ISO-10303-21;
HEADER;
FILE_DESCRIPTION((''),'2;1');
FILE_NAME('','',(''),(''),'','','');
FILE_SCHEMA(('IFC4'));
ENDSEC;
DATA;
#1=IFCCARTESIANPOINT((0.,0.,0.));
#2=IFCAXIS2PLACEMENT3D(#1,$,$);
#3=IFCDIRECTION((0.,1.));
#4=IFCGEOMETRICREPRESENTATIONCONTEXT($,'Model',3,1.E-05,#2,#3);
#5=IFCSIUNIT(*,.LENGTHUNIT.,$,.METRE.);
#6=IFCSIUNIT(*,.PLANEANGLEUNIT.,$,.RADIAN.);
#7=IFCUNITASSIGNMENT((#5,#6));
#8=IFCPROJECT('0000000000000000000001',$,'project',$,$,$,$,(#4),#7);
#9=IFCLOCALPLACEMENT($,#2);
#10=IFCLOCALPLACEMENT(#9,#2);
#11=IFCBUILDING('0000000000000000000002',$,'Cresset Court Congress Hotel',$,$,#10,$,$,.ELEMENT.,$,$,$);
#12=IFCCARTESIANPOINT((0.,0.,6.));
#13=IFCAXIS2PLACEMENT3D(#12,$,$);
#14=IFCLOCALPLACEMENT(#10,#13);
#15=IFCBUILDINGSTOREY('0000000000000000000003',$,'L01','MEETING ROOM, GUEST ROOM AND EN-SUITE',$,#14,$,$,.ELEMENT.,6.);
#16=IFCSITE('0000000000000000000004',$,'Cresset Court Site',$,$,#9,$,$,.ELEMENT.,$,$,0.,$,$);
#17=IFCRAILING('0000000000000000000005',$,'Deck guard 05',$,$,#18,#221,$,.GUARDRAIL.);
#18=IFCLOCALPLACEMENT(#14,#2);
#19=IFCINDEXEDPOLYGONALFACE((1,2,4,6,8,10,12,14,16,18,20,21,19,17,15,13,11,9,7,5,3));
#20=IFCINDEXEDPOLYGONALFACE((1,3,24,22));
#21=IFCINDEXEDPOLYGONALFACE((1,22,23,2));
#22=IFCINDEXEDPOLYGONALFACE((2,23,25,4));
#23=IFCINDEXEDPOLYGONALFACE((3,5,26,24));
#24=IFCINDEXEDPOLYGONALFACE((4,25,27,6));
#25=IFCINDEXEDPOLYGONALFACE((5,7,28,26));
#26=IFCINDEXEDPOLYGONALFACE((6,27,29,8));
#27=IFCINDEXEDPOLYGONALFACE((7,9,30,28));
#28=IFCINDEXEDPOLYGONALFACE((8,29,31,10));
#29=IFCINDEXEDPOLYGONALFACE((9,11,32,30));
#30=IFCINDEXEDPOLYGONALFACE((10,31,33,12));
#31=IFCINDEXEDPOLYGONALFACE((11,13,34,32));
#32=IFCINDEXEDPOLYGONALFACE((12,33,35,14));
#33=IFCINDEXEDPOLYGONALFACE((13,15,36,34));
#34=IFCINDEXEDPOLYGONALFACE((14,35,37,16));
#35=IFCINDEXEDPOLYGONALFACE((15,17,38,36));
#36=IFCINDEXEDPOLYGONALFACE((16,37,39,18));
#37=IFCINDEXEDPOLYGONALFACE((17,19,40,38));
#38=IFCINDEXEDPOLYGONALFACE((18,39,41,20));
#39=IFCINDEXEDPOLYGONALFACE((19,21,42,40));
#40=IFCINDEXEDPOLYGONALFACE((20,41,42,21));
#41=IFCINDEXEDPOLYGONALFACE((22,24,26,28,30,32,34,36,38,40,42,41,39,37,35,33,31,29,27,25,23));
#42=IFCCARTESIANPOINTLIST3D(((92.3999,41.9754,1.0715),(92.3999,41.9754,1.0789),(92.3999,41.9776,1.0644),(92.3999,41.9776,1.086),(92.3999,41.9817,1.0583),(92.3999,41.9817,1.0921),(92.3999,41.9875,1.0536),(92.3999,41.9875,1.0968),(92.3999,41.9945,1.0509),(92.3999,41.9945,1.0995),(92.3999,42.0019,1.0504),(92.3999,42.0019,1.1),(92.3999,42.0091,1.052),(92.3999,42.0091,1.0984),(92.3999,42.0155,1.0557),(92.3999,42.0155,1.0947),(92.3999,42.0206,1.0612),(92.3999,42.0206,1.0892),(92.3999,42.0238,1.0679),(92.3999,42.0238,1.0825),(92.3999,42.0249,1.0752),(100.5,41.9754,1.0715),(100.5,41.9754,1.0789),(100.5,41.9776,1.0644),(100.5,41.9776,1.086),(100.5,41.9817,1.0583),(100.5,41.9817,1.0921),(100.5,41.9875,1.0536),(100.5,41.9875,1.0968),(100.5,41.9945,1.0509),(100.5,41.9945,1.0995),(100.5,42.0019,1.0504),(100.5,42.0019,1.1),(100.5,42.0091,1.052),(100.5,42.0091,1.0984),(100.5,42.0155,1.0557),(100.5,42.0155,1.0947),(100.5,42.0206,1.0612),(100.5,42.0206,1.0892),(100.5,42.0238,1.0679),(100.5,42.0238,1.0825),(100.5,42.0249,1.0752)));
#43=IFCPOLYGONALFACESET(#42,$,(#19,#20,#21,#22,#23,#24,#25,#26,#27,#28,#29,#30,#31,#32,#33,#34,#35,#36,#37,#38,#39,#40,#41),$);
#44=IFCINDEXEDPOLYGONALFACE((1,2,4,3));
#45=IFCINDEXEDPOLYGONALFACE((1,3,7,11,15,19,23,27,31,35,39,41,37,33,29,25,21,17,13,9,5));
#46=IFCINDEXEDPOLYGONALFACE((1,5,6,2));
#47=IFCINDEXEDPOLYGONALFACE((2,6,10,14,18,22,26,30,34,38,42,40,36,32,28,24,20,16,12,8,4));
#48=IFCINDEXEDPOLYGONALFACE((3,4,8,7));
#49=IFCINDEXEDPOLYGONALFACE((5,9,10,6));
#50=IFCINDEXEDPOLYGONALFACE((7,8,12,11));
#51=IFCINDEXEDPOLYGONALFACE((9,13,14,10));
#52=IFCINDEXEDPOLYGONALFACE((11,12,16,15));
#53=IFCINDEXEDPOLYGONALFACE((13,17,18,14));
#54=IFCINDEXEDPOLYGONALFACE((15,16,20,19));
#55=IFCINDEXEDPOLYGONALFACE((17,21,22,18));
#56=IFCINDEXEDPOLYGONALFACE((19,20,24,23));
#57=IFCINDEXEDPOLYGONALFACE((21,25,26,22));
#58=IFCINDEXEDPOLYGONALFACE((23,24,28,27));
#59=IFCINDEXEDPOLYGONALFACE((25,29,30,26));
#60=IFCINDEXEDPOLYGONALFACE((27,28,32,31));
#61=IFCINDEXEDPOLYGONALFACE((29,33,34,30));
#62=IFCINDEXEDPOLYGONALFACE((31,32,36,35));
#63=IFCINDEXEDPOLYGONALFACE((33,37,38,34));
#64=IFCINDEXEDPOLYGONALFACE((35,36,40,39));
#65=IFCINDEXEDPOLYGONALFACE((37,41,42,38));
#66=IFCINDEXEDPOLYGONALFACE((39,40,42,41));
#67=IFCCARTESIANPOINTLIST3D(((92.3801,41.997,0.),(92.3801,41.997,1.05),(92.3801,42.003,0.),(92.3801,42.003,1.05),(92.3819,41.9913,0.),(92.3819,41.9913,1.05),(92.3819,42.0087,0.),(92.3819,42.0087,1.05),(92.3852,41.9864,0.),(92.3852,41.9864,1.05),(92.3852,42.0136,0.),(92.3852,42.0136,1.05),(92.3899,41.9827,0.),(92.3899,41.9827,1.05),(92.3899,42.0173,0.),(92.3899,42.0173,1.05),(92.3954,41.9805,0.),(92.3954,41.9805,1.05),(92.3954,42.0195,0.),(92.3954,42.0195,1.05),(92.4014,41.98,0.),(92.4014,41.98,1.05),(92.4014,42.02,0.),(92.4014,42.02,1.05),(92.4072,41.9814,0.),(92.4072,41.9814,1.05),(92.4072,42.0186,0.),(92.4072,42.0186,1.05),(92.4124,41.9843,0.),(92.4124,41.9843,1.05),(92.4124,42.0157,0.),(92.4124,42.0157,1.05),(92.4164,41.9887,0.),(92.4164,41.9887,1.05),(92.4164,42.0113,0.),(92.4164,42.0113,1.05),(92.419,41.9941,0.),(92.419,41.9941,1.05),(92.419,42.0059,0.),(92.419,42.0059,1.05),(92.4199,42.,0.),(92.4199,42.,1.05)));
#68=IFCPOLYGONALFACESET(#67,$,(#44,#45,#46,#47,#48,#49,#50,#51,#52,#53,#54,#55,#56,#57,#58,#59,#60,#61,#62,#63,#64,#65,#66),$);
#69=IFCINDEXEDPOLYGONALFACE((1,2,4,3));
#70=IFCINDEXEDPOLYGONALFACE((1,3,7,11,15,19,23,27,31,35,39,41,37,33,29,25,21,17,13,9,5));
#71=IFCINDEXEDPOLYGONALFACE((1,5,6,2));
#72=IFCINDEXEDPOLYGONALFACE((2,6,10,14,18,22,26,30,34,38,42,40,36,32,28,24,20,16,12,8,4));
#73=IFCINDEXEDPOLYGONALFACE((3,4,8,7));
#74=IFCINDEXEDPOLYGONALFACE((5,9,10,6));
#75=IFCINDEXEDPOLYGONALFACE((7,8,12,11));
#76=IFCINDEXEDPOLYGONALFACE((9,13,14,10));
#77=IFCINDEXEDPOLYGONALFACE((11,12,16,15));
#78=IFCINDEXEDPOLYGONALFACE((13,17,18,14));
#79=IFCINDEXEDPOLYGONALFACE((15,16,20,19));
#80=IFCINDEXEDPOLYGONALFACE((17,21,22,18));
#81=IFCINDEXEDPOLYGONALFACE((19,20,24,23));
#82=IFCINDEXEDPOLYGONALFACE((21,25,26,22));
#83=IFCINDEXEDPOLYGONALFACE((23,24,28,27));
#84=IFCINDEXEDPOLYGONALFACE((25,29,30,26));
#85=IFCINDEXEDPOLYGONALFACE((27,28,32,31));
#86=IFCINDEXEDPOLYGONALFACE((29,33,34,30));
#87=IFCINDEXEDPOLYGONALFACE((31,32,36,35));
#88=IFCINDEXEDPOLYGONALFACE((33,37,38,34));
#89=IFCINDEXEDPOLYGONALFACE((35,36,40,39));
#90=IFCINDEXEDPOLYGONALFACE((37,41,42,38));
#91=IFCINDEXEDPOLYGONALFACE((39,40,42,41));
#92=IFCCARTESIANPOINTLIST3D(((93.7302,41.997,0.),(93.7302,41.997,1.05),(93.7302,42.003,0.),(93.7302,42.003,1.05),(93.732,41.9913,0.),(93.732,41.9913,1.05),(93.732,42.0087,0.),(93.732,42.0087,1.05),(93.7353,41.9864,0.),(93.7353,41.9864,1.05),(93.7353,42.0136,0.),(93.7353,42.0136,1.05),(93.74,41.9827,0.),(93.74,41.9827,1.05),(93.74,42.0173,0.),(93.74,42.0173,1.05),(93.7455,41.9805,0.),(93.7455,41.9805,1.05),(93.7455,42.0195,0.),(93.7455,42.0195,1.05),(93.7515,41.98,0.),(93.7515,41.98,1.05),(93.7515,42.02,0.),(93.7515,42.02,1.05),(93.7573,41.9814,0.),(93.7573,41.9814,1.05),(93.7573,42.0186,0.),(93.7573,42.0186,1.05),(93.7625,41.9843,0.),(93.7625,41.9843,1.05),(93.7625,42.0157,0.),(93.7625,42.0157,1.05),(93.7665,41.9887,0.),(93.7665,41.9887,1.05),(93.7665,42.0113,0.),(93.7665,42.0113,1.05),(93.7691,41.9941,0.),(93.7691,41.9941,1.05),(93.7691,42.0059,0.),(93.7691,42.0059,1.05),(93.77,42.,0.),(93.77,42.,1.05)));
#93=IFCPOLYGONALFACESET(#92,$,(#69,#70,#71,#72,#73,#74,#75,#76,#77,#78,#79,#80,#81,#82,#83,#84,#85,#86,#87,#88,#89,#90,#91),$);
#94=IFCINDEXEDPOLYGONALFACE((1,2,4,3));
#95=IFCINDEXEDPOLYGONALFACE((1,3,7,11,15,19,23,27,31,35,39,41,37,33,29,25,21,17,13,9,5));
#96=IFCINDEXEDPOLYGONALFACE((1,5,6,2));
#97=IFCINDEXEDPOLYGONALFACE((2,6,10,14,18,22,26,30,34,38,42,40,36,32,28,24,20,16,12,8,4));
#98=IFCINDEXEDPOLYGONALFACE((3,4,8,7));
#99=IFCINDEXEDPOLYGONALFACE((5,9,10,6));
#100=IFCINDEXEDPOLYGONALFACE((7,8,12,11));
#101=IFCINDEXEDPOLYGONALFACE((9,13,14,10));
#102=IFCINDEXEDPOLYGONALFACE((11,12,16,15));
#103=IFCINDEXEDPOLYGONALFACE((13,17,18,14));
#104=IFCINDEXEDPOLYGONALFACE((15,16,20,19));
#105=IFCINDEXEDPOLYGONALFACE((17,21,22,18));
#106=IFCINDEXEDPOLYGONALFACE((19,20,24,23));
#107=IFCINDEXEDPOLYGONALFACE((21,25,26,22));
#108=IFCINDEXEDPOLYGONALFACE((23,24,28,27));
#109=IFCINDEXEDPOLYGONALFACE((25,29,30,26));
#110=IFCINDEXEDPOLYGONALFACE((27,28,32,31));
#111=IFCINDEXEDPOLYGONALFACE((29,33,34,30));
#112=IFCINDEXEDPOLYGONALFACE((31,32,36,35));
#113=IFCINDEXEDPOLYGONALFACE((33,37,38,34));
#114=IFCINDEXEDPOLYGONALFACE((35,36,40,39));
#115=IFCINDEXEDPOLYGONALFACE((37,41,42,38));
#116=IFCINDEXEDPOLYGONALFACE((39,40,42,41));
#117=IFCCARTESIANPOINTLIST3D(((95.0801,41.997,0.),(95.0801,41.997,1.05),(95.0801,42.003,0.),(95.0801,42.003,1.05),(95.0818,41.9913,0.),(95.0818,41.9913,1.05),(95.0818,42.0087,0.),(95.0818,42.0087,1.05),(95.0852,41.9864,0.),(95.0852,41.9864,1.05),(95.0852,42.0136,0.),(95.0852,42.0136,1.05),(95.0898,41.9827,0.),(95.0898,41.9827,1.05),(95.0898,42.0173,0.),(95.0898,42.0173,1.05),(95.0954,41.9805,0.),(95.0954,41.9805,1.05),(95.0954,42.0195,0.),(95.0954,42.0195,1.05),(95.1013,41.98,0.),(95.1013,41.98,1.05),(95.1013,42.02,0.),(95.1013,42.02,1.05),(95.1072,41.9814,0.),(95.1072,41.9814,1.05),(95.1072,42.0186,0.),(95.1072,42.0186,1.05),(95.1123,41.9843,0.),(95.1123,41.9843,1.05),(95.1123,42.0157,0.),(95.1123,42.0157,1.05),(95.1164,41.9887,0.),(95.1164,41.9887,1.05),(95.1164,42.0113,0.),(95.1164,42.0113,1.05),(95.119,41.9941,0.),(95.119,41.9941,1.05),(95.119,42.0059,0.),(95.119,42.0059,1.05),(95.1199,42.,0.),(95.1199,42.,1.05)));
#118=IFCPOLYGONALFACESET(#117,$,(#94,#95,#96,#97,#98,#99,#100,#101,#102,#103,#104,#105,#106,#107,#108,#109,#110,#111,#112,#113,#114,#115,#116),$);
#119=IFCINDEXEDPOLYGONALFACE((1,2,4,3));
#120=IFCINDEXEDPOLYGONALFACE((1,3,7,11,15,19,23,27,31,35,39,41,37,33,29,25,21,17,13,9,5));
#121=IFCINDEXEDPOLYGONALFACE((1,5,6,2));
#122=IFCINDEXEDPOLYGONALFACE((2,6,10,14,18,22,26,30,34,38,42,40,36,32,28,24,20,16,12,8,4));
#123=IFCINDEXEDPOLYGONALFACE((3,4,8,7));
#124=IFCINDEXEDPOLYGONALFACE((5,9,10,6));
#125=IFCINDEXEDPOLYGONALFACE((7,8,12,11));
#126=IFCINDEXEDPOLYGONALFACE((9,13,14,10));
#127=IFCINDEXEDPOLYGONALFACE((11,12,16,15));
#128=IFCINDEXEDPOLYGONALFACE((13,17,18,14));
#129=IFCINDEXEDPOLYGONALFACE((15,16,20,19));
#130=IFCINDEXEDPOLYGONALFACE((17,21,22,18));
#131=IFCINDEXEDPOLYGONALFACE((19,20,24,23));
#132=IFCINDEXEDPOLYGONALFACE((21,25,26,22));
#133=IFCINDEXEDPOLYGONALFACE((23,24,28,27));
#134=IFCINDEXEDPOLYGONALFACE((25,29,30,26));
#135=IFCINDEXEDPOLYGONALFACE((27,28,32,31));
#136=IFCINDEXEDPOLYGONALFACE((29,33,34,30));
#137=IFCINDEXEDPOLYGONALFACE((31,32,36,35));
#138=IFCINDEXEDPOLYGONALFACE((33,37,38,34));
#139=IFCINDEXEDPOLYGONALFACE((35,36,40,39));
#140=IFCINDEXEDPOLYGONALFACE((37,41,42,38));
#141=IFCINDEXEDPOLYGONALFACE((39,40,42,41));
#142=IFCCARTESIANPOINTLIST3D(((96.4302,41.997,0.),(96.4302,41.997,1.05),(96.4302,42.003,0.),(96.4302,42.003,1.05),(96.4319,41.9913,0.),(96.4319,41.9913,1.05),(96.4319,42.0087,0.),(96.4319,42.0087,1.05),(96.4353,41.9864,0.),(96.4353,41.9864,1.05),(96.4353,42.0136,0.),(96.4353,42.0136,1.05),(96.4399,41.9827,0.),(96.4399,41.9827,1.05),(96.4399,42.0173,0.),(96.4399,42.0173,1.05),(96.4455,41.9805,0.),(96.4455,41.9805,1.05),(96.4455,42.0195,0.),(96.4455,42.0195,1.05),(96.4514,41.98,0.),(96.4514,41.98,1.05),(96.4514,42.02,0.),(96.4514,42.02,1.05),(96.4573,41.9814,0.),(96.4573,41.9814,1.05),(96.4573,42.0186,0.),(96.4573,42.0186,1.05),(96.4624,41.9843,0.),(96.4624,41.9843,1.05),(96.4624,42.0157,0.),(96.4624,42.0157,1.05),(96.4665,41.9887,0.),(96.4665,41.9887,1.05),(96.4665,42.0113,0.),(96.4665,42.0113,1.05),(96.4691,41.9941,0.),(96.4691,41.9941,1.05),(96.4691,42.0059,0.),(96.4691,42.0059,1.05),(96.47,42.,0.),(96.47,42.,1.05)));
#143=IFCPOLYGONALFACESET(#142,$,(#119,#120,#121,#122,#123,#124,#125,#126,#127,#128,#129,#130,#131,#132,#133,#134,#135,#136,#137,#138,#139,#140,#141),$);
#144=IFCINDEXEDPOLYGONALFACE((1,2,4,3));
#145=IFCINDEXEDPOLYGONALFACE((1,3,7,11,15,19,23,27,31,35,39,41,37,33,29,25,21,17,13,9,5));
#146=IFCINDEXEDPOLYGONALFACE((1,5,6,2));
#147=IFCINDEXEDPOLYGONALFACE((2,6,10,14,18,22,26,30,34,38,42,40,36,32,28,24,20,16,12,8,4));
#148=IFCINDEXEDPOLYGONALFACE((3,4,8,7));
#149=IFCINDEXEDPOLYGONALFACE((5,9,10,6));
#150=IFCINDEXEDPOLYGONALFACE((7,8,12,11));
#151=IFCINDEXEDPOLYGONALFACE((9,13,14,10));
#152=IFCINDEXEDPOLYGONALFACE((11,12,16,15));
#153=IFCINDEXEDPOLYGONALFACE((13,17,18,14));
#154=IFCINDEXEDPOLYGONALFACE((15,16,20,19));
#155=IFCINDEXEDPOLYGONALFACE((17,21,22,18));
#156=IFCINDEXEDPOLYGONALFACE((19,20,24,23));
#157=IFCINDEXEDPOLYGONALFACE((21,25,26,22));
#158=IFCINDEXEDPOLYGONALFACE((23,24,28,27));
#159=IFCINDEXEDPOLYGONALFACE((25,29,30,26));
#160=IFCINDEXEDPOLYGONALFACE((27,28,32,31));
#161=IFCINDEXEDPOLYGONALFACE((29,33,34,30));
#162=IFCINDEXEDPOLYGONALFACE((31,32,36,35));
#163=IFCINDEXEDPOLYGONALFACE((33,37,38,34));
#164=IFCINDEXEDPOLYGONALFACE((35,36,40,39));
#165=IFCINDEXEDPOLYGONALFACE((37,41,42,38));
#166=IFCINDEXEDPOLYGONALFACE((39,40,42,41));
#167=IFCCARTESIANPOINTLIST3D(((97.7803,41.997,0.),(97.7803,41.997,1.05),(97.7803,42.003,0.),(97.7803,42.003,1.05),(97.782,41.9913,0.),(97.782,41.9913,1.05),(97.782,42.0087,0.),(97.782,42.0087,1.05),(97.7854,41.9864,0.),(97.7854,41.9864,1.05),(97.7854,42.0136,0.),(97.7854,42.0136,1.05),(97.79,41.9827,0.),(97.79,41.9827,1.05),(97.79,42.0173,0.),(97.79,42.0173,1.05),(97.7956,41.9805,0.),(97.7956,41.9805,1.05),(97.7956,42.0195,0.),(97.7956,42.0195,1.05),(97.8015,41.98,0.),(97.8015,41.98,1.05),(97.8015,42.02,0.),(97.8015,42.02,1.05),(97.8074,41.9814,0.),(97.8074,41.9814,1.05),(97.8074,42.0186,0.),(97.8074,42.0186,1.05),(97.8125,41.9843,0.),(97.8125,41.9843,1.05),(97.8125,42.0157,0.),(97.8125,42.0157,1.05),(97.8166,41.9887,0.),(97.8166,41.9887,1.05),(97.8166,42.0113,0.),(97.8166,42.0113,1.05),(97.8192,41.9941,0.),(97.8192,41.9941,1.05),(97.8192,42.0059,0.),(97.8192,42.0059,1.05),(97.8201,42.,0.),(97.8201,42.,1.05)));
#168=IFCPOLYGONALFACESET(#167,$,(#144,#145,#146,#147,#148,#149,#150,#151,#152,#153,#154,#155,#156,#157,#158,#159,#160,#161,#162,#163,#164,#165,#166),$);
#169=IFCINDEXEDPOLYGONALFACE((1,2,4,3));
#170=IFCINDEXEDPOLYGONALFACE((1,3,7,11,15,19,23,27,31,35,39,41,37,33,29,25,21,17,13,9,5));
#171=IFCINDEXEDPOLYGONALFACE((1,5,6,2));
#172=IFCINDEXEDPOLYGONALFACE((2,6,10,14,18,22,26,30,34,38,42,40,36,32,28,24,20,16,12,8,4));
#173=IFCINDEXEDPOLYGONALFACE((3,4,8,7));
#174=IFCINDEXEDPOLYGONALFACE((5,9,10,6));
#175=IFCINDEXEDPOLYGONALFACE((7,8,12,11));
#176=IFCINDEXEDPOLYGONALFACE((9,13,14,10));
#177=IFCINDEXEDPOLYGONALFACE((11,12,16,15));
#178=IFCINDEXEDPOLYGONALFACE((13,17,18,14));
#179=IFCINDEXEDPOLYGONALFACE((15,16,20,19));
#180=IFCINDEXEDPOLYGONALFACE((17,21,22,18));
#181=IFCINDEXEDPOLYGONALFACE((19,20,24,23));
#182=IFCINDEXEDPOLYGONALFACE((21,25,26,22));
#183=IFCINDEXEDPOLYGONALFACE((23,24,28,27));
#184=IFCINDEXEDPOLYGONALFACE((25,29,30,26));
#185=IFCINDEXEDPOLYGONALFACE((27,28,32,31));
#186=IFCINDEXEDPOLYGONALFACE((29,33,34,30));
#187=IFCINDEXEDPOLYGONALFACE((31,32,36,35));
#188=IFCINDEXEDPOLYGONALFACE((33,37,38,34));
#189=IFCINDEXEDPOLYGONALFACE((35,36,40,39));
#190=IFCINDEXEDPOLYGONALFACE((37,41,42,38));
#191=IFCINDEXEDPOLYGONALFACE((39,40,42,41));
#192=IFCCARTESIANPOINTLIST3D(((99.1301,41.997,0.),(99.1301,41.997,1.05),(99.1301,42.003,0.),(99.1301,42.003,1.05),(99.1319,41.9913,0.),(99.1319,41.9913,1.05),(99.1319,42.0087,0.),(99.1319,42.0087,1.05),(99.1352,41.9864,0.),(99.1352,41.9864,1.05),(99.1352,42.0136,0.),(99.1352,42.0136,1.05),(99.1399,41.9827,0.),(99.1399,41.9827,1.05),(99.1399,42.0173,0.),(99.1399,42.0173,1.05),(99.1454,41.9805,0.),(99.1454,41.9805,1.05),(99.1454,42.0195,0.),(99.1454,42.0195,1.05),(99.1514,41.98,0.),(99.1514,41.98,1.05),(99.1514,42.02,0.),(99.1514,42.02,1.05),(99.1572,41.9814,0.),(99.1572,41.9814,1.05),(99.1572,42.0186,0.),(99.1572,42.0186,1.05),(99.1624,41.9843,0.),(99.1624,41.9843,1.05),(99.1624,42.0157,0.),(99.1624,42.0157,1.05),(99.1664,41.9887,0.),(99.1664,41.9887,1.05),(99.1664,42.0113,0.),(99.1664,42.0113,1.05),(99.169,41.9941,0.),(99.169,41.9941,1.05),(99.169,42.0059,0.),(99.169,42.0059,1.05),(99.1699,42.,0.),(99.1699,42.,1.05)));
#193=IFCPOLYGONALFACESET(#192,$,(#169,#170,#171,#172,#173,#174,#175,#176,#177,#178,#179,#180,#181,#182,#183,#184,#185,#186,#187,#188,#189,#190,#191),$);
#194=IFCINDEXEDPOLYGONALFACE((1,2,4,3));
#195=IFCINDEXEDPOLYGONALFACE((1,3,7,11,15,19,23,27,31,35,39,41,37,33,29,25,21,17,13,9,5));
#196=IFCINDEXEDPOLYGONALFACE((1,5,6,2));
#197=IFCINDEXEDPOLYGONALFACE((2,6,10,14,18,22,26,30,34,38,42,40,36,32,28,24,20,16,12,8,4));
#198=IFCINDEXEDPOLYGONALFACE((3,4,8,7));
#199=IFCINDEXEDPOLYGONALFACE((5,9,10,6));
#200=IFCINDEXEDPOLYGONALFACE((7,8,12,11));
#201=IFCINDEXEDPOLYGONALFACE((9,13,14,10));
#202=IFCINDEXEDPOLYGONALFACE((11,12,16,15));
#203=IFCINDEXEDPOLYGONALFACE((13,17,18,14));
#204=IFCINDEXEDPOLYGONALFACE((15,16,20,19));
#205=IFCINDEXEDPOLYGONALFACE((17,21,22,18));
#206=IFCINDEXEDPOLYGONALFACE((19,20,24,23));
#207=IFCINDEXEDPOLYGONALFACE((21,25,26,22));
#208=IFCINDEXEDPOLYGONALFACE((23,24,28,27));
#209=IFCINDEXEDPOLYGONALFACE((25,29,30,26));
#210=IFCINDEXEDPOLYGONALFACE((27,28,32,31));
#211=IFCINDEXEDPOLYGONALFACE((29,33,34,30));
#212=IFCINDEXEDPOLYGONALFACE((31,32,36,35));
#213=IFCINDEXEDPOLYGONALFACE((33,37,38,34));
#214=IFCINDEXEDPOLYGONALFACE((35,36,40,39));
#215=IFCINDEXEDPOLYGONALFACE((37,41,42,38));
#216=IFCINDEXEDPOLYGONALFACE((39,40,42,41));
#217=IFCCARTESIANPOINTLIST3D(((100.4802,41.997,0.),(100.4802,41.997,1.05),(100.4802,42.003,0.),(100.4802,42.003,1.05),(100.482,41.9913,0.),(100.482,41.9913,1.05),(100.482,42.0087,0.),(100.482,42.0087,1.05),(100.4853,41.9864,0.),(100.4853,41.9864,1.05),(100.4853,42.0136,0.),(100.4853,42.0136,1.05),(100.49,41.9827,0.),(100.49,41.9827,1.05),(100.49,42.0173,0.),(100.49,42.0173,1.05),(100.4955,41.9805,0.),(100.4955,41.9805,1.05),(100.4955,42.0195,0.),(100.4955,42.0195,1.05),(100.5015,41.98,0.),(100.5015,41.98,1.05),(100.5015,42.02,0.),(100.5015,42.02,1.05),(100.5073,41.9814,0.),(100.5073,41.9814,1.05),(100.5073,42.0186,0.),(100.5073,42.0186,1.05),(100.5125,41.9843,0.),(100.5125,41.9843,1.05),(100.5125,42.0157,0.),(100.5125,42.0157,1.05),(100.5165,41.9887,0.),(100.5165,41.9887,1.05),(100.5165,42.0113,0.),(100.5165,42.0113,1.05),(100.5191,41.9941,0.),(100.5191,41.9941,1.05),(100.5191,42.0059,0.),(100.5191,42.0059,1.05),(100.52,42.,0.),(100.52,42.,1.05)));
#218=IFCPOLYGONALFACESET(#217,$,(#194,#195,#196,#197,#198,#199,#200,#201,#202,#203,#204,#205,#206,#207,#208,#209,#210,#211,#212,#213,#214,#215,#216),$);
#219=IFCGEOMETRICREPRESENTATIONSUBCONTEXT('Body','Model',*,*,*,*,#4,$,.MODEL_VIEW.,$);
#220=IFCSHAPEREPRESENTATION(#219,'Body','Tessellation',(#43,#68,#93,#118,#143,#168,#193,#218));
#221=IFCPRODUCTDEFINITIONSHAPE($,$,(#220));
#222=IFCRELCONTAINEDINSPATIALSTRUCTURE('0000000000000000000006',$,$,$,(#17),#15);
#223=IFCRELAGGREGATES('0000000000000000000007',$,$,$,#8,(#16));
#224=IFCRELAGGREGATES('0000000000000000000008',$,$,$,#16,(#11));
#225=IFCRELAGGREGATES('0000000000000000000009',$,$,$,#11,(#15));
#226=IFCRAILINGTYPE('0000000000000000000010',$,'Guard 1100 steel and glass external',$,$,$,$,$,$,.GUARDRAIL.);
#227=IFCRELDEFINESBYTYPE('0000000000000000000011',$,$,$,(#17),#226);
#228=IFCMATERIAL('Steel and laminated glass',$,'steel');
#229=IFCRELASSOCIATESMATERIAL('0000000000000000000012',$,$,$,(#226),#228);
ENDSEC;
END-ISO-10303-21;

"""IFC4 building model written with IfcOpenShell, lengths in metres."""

from ifc_helpers import new_model, si_unit, direction, frame, origin, origin_2d, place, context, subcontext, project, spatial, circle, extrude, material, type_object, element, save


model = new_model("IFC4")

# Units and contexts
model_context = context("Model", 3, precision=1e-05, world=origin(), true_north=direction((0.0, 1.0)))
body_context = subcontext(model_context, "Body", "Model", "MODEL_VIEW")
ifc_project = project(units=[si_unit("LENGTHUNIT", "METRE"), si_unit("PLANEANGLEUNIT", "RADIAN")], contexts=[model_context])

# Site, building, storey
site_placement = place(None, origin())
site = spatial("IfcSite", under=ifc_project, at=site_placement, Name="Cresset Court Site", CompositionType="ELEMENT", RefElevation=0.0)
building_placement = place(site_placement, origin())
building = spatial("IfcBuilding", under=site, at=building_placement, Name="Cresset Court Congress Hotel", CompositionType="ELEMENT")
storey_placement = place(building_placement, frame((0.0, 0.0, 6.0)))
storey = spatial("IfcBuildingStorey", under=building, at=storey_placement, Name="L01", Description="MEETING ROOM, GUEST ROOM AND EN-SUITE", CompositionType="ELEMENT", Elevation=6.0)

# Railing
ifc_material_1 = material(Name="Steel and laminated glass", Category="steel")
railing_type = type_object("IfcRailingType", Name="Guard 1100 steel and glass external", PredefinedType="GUARDRAIL", material=ifc_material_1)
railing_1_placement = place(storey_placement, frame((92.3999, 42.0, 0.0)))
element("IfcRailing", 1, at=railing_1_placement, inside=storey, type_object=railing_type, Name="Deck guard 05", PredefinedType="GUARDRAIL", context=body_context, shape_type="SweptSolid", body=[
    extrude(circle(Radius=0.0249, at=origin_2d()), frame((0.0, 0.0, 1.0752), z_axis=(1.0, 0.0, 0.0), x_axis=(0.0, 1.0, 0.0)), (0.0, 0.0, 1.0), 8.1001),
    extrude(circle(Radius=0.02, at=origin_2d()), origin(), (0.0, 0.0, 1.0), 1.05),
    extrude(circle(Radius=0.02, at=origin_2d()), frame((1.3501, 0.0, 0.0)), (0.0, 0.0, 1.0), 1.05),
    extrude(circle(Radius=0.02, at=origin_2d()), frame((2.7, 0.0, 0.0)), (0.0, 0.0, 1.0), 1.05),
    extrude(circle(Radius=0.02, at=origin_2d()), frame((4.05, 0.0, 0.0)), (0.0, 0.0, 1.0), 1.05),
    extrude(circle(Radius=0.02, at=origin_2d()), frame((5.4001, 0.0, 0.0)), (0.0, 0.0, 1.0), 1.05),
    extrude(circle(Radius=0.02, at=origin_2d()), frame((6.75, 0.0, 0.0)), (0.0, 0.0, 1.0), 1.05),
    extrude(circle(Radius=0.02, at=origin_2d()), frame((8.1001, 0.0, 0.0)), (0.0, 0.0, 1.0), 1.05),
])

save(model, "model.ifc")
